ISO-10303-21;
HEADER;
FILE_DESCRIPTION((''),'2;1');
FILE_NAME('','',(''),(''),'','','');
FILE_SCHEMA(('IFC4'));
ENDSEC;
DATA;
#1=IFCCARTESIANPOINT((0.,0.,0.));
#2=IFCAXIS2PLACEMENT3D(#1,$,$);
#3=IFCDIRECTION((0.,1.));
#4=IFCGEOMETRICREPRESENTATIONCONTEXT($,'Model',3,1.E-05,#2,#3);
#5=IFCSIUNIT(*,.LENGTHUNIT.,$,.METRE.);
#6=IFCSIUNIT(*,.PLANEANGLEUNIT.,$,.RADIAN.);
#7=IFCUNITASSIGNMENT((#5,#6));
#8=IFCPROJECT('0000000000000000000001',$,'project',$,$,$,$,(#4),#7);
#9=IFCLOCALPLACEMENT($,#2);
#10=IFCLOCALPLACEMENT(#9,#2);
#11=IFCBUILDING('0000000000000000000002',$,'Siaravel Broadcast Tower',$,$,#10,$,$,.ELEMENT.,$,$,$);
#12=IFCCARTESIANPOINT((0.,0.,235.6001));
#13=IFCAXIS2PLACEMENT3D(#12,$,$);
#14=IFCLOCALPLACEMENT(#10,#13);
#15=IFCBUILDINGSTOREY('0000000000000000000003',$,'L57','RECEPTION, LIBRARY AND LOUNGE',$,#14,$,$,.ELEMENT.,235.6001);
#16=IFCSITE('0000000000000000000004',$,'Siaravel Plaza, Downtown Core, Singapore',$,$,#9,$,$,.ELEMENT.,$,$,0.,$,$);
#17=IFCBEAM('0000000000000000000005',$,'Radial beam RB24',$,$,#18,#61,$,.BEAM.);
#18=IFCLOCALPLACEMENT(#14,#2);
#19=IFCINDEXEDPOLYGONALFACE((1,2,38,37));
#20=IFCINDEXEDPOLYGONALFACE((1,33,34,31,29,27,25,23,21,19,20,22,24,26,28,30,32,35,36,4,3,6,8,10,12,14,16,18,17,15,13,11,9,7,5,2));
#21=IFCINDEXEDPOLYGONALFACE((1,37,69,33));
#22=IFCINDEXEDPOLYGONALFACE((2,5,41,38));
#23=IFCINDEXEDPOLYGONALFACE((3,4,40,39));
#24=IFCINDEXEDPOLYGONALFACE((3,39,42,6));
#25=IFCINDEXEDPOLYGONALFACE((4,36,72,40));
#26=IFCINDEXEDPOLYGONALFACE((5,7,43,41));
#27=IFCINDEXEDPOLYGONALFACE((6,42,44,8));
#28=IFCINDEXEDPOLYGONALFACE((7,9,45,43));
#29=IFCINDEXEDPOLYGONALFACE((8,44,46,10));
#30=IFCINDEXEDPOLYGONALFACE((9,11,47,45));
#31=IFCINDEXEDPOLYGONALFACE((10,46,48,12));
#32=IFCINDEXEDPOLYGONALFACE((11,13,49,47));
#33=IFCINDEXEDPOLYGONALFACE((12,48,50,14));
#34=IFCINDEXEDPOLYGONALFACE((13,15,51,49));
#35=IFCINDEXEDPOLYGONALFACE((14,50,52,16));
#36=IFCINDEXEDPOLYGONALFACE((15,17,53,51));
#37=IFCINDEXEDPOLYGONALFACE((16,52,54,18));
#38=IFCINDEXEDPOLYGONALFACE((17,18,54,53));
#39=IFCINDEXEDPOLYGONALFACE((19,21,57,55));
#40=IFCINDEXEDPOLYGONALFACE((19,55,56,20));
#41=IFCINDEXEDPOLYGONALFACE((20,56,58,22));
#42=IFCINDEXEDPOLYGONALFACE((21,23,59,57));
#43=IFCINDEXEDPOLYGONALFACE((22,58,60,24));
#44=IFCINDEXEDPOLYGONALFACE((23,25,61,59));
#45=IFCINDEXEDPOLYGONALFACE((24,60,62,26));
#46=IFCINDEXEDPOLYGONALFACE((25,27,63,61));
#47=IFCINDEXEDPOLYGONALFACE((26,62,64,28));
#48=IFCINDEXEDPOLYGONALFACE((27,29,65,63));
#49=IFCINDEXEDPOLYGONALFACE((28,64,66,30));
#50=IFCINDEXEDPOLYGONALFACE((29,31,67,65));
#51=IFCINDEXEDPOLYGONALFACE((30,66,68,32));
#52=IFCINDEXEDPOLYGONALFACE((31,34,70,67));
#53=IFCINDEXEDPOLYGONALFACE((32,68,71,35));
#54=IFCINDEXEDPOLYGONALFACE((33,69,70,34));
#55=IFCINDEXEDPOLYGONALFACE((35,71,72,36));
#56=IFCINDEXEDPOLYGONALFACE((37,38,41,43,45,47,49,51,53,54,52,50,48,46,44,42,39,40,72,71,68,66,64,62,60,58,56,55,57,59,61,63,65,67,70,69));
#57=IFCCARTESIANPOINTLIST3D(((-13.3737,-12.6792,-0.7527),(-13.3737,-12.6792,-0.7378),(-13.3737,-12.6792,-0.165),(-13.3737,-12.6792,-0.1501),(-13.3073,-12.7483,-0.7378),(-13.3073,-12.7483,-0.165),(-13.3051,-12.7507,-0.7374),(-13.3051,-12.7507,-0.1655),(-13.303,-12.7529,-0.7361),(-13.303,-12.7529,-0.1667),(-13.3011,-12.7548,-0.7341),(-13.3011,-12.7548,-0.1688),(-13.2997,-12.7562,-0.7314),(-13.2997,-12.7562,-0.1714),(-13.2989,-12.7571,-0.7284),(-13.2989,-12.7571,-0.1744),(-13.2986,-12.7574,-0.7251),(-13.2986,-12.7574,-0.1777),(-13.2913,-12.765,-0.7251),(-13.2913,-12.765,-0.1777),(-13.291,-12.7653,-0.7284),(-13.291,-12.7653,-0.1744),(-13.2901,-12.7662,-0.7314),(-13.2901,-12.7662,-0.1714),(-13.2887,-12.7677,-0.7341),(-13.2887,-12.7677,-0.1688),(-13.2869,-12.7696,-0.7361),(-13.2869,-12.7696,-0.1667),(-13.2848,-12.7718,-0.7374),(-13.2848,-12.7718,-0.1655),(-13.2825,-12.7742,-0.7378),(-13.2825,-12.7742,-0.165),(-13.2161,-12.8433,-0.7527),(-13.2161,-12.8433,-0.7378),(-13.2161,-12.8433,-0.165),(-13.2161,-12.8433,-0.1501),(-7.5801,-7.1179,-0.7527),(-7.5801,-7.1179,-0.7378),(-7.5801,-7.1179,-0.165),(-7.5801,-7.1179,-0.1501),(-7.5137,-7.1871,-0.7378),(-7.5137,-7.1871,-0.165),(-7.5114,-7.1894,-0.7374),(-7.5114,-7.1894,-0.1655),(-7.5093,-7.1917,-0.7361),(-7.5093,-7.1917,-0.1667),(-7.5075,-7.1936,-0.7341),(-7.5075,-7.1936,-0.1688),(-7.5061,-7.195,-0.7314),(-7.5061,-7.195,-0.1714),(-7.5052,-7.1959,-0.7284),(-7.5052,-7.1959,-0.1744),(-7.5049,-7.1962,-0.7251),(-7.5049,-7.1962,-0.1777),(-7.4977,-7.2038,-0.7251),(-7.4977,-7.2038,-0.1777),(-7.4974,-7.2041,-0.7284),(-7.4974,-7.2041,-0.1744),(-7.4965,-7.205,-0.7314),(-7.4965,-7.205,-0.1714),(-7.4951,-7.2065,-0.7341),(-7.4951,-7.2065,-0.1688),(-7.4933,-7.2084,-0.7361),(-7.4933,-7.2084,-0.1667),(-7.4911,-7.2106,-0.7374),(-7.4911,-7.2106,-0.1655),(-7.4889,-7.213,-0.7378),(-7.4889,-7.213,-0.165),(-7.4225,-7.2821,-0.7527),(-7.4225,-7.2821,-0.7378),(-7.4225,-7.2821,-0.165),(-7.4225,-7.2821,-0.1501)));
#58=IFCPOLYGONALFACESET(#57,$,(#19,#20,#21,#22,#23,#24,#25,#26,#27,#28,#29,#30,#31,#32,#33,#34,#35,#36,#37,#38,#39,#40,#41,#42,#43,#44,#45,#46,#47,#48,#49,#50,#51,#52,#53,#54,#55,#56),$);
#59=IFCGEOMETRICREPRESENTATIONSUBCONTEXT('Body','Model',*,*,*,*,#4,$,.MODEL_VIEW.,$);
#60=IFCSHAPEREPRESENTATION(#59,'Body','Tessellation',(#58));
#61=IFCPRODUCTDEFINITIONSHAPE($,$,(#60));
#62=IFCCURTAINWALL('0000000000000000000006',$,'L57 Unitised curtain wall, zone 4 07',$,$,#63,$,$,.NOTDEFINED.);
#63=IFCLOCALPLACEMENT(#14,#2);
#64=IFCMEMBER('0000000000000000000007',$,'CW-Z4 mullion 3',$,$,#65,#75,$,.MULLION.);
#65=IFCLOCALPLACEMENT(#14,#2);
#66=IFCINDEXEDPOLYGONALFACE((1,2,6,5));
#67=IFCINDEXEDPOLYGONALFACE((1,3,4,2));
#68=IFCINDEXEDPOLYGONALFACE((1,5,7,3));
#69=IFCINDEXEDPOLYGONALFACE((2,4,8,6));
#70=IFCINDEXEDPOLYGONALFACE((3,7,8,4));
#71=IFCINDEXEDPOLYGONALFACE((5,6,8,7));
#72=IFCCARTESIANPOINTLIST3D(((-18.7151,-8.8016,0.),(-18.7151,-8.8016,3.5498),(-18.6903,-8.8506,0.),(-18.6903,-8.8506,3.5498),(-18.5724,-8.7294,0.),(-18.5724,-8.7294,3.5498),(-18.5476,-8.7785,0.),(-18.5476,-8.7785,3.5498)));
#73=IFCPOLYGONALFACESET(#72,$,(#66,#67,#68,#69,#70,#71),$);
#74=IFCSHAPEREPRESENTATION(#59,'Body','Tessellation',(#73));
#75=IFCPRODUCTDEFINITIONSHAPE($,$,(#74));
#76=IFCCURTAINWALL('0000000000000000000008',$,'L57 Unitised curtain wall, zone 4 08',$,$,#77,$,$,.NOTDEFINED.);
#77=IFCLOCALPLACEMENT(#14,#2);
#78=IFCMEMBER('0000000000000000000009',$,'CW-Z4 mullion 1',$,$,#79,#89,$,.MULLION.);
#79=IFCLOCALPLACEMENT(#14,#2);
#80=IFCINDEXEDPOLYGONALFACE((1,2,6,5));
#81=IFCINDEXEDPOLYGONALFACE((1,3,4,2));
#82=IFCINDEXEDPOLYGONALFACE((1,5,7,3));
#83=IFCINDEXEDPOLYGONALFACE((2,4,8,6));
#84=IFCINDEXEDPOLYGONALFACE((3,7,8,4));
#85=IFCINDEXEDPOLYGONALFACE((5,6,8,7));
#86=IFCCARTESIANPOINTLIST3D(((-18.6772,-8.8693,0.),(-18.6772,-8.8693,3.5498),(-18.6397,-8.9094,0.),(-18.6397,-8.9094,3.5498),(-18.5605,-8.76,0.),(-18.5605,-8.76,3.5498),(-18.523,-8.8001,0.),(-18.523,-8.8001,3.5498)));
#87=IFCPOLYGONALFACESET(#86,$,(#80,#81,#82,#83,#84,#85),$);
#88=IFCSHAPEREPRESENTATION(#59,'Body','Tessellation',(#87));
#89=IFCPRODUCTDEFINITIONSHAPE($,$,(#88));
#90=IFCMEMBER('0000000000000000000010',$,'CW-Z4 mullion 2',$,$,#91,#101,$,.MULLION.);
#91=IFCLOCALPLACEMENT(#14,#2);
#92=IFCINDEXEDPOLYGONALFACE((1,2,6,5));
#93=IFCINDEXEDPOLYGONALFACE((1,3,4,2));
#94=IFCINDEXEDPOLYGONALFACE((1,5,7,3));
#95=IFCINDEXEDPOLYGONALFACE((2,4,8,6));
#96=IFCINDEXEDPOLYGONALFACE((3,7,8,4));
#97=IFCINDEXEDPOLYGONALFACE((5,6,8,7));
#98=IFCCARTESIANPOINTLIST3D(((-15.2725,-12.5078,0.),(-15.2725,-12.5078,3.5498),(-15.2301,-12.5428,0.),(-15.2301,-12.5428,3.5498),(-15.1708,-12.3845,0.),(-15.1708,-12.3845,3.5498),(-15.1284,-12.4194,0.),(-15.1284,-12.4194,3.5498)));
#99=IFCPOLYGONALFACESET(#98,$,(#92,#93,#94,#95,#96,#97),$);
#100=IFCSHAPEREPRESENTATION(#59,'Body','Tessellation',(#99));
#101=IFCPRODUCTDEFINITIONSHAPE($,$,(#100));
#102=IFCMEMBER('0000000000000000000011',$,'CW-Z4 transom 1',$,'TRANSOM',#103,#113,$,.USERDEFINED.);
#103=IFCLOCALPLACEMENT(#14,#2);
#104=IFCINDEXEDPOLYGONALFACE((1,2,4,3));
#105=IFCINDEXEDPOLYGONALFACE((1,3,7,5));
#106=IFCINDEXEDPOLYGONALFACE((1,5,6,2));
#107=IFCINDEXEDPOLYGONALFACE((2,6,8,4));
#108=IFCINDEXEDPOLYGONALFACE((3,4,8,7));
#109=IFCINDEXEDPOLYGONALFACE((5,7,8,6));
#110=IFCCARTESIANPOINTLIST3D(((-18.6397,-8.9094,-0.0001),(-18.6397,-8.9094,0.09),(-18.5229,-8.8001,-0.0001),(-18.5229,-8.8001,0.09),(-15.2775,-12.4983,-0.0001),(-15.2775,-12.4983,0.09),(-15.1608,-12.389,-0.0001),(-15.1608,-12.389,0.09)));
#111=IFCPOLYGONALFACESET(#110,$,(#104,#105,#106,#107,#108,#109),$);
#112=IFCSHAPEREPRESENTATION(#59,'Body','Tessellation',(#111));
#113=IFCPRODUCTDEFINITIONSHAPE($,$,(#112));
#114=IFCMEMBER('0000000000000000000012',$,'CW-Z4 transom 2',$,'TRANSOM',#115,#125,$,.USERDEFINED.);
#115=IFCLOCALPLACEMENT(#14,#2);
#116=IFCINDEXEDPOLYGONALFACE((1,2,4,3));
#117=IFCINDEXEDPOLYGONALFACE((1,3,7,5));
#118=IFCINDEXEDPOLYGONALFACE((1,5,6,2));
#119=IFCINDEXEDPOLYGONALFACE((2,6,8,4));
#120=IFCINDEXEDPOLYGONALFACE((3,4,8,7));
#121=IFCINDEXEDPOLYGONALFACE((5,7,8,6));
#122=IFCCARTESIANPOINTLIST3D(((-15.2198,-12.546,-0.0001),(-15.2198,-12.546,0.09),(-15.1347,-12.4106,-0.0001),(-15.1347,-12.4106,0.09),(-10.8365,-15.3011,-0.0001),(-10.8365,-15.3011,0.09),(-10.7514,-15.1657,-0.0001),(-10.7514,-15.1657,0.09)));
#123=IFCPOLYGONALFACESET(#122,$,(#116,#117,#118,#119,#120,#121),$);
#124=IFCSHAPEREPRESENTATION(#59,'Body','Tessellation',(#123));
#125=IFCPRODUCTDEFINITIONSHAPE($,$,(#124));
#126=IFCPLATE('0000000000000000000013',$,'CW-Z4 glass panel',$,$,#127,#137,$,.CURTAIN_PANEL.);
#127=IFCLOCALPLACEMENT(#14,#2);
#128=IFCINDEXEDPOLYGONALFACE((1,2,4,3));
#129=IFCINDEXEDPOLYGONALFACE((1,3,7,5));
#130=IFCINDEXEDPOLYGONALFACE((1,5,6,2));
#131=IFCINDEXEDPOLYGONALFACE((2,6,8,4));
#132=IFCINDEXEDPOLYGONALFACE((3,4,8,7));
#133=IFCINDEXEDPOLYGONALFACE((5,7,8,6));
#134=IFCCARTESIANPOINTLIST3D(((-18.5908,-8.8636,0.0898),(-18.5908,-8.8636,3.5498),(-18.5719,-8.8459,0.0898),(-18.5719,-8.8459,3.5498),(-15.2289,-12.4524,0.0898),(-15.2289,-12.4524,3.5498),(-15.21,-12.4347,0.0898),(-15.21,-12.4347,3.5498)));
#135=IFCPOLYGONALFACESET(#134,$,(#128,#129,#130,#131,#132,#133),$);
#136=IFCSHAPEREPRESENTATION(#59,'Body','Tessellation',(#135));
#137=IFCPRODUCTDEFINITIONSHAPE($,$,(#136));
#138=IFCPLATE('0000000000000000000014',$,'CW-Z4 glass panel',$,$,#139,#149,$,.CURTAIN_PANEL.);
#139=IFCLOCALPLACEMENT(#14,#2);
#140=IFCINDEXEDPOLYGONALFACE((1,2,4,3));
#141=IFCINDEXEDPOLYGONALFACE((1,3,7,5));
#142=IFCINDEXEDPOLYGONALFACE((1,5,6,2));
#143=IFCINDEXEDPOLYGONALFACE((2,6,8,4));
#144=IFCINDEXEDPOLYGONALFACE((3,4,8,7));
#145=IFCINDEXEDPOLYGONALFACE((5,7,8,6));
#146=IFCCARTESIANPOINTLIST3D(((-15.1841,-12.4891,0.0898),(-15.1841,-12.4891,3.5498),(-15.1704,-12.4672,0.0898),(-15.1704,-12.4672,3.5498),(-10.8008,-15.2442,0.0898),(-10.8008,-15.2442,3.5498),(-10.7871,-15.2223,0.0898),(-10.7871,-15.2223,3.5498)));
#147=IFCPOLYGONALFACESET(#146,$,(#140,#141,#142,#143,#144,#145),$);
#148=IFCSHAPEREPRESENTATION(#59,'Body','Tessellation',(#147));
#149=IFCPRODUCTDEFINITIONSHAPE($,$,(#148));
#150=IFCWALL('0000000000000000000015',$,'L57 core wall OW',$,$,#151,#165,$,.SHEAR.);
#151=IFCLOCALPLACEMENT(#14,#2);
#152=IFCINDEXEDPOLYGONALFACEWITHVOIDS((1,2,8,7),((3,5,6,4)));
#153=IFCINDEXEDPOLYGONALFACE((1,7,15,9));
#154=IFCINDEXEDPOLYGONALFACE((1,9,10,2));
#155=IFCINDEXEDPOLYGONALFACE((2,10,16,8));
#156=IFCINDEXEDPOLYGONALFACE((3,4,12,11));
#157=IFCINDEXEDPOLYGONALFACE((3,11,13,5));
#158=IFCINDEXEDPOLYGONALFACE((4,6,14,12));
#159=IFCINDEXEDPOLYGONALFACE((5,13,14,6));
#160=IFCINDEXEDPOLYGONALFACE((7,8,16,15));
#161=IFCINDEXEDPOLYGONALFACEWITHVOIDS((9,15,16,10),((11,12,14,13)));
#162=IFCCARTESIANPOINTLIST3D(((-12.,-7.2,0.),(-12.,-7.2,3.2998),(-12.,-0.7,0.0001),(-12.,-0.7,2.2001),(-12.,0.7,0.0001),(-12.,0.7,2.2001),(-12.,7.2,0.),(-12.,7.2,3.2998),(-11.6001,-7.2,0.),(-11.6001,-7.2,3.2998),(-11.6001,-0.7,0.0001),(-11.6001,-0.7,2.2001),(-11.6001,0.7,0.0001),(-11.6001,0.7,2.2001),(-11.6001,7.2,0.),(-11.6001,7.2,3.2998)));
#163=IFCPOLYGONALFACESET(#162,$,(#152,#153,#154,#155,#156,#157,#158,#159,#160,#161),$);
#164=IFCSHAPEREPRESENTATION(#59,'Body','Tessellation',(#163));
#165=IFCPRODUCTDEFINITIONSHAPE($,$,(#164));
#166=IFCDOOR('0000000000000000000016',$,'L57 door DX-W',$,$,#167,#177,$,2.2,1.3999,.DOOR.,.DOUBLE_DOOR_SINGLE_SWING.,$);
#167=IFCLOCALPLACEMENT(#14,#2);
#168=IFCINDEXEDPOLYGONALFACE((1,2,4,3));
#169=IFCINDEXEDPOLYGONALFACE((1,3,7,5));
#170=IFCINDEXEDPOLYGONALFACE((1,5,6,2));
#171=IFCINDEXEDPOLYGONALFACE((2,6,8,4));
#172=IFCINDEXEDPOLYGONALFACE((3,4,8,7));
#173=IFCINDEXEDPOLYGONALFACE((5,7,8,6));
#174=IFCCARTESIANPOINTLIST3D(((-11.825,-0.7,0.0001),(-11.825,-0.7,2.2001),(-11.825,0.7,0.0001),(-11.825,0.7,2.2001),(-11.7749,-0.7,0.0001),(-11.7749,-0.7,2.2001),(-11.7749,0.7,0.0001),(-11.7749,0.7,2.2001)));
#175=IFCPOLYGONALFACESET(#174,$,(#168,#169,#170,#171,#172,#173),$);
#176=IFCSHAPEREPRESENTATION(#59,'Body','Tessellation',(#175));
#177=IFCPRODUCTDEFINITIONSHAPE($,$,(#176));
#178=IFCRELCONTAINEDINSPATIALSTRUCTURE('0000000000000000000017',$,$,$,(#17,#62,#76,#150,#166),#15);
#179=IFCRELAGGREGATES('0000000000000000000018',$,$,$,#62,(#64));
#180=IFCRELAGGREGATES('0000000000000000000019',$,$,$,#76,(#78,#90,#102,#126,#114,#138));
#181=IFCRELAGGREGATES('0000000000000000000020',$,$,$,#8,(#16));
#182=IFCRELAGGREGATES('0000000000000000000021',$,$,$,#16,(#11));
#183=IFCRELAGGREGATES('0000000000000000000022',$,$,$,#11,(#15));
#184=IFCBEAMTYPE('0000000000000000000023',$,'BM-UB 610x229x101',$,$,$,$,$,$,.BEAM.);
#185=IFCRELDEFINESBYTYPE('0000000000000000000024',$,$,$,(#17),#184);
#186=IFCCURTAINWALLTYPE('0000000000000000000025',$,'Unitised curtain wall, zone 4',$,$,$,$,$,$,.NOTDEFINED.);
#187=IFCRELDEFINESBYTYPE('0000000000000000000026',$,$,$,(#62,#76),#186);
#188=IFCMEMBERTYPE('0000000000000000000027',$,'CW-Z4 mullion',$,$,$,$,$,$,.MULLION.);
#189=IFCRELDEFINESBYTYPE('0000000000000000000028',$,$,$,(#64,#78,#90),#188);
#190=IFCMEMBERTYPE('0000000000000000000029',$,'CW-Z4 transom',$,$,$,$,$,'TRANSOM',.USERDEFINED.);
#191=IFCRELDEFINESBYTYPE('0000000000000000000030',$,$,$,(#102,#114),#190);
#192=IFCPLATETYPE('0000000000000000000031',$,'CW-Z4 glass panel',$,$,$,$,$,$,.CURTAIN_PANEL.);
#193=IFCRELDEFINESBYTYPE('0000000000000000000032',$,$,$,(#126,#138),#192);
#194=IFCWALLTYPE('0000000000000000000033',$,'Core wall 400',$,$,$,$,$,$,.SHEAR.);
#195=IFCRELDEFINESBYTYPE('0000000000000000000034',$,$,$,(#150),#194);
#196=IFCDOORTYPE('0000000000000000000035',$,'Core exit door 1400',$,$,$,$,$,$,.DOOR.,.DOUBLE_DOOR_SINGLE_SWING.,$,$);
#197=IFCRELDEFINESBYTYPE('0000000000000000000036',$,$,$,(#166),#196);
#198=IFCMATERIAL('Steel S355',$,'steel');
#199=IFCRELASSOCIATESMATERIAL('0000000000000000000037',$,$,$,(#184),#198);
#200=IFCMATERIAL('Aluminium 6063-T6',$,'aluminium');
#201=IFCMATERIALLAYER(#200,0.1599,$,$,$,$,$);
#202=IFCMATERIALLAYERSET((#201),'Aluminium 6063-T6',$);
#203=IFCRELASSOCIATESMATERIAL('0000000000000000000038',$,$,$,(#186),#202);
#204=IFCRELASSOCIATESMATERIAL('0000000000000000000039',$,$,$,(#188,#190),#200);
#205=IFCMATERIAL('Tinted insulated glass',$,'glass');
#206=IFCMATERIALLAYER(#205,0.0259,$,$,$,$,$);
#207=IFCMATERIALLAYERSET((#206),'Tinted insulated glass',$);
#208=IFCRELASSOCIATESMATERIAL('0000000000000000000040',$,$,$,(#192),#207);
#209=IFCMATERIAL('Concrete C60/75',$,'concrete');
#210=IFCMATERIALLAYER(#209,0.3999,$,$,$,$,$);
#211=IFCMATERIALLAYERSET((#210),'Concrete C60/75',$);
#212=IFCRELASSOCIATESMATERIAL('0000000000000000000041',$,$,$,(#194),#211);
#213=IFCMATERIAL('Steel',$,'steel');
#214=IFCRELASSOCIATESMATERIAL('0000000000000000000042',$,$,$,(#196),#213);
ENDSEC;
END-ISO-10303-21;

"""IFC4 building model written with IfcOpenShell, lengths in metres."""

from ifc_helpers import new_model, si_unit, direction, frame, frame_2d, origin, origin_2d, place, context, subcontext, project, spatial, rectangle, i_section, extrude, material, layer, layer_set, material_profile, profile_set, type_object, element, fill, aggregate, save


model = new_model("IFC4")

# Units and contexts
model_context = context("Model", 3, precision=1e-05, world=origin(), true_north=direction((0.0, 1.0)))
body_context = subcontext(model_context, "Body", "Model", "MODEL_VIEW")
ifc_project = project(units=[si_unit("LENGTHUNIT", "METRE"), si_unit("PLANEANGLEUNIT", "RADIAN")], contexts=[model_context])

# Site, building, storey
site_placement = place(None, origin())
site = spatial("IfcSite", under=ifc_project, at=site_placement, Name="Siaravel Plaza, Downtown Core, Singapore", CompositionType="ELEMENT", RefElevation=0.0)
building_placement = place(site_placement, origin())
building = spatial("IfcBuilding", under=site, at=building_placement, Name="Siaravel Broadcast Tower", CompositionType="ELEMENT")
storey_placement = place(building_placement, frame((0.0, 0.0, 235.6001)))
storey = spatial("IfcBuildingStorey", under=building, at=storey_placement, Name="L57", Description="RECEPTION, LIBRARY AND LOUNGE", CompositionType="ELEMENT", Elevation=235.6001)

# Beam
ifc_material_1 = material(Name="Steel S355", Category="steel")
ifc_material_profile_1 = material_profile(ifc_material_1, i_section(OverallWidth=0.2275, OverallDepth=0.6025, WebThickness=0.0105, FlangeThickness=0.0149, FilletRadius=0.0127, at=origin_2d()))
ifc_profile_set_1 = profile_set([ifc_material_profile_1], Name="Steel S355")
beam_type = type_object("IfcBeamType", Name="BM-UB 610x229x101", PredefinedType="BEAM", material=ifc_profile_set_1)
beam_1_placement = place(storey_placement, frame((-13.2949, -12.7612, -0.4514), z_axis=(0.721429, 0.692488, 0.0), x_axis=(-0.692488, 0.721429, 0.0)))
element("IfcBeam", 1, at=beam_1_placement, inside=storey, type_object=beam_type, Name="Radial beam RB24", PredefinedType="BEAM", context=body_context, shape_type="SweptSolid", body=[
    extrude(i_section(OverallWidth=0.2275, OverallDepth=0.6025, WebThickness=0.0105, FlangeThickness=0.0149, FilletRadius=0.0127, at=origin_2d()), origin(), (0.0, 0.0, 1.0), 8.0308),
])

# Curtain wall, member
ifc_material_2 = material(Name="Aluminium 6063-T6", Category="aluminium")
ifc_layer_1 = layer(ifc_material_2, 0.1599)
ifc_layer_set_1 = layer_set([ifc_layer_1], Name="Aluminium 6063-T6")
curtain_wall_type = type_object("IfcCurtainWallType", Name="Unitised curtain wall, zone 4", PredefinedType="NOTDEFINED", material=ifc_layer_set_1)
curtain_wall_1_placement = place(storey_placement, origin())
curtain_wall_1 = element("IfcCurtainWall", 2, at=curtain_wall_1_placement, inside=storey, type_object=curtain_wall_type, Name="L57 Unitised curtain wall, zone 4 07", PredefinedType="NOTDEFINED")
ifc_material_profile_2 = material_profile(ifc_material_2, rectangle(XDim=0.1599, YDim=0.0549, at=origin_2d()))
ifc_profile_set_2 = profile_set([ifc_material_profile_2], Name="Aluminium 6063-T6")
member_type_1 = type_object("IfcMemberType", Name="CW-Z4 mullion", PredefinedType="MULLION", material=ifc_profile_set_2)
member_1_placement = place(storey_placement, frame((-18.6313, -8.79, 0.0), z_axis=(0.0, 0.0, 1.0), x_axis=(0.892393, 0.451259, 0.0)))
member_1 = element("IfcMember", 3, at=member_1_placement, type_object=member_type_1, Name="CW-Z4 mullion 3", PredefinedType="MULLION", context=body_context, shape_type="SweptSolid", body=[
    extrude(rectangle(XDim=0.1599, YDim=0.0549, at=origin_2d()), origin(), (0.0, 0.0, 1.0), 3.5498),
])
aggregate(curtain_wall_1, [member_1])

# Curtain wall, members, plates
curtain_wall_2_placement = place(storey_placement, origin())
curtain_wall_2 = element("IfcCurtainWall", 4, at=curtain_wall_2_placement, inside=storey, type_object=curtain_wall_type, Name="L57 Unitised curtain wall, zone 4 08", PredefinedType="NOTDEFINED")
member_2_placement = place(storey_placement, frame((-18.6001, -8.8347, 0.0), z_axis=(0.0, 0.0, 1.0), x_axis=(0.729806, 0.683654, 0.0)))
member_2 = element("IfcMember", 5, at=member_2_placement, type_object=member_type_1, Name="CW-Z4 mullion 1", PredefinedType="MULLION", context=body_context, shape_type="SweptSolid", body=[
    extrude(rectangle(XDim=0.1599, YDim=0.0549, at=origin_2d()), origin(), (0.0, 0.0, 1.0), 3.5498),
])
member_3_placement = place(storey_placement, frame((-15.2004, -12.4636, 0.0), z_axis=(0.0, 0.0, 1.0), x_axis=(0.63622, 0.771508, 0.0)))
member_3 = element("IfcMember", 6, at=member_3_placement, type_object=member_type_1, Name="CW-Z4 mullion 2", PredefinedType="MULLION", context=body_context, shape_type="SweptSolid", body=[
    extrude(rectangle(XDim=0.1599, YDim=0.0549, at=origin_2d()), origin(), (0.0, 0.0, 1.0), 3.5498),
])
ifc_material_profile_3 = material_profile(ifc_material_2, rectangle(XDim=0.1599, YDim=0.0901, at=origin_2d()))
ifc_profile_set_3 = profile_set([ifc_material_profile_3], Name="Aluminium 6063-T6")
member_type_2 = type_object("IfcMemberType", Name="CW-Z4 transom", ElementType="TRANSOM", PredefinedType="USERDEFINED", material=ifc_profile_set_3)
member_4_placement = place(storey_placement, frame((-18.5813, -8.8547, 0.0449), z_axis=(0.68367, -0.729791, 0.0), x_axis=(0.729791, 0.68367, 0.0)))
member_4 = element("IfcMember", 7, at=member_4_placement, type_object=member_type_2, Name="CW-Z4 transom 1", ObjectType="TRANSOM", PredefinedType="USERDEFINED", context=body_context, shape_type="SweptSolid", body=[
    extrude(rectangle(XDim=0.1599, YDim=0.0901, at=origin_2d()), origin(), (0.0, 0.0, 1.0), 4.9177),
])
member_5_placement = place(storey_placement, frame((-15.1772, -12.4783, 0.0449), z_axis=(0.846644, -0.532159, 0.0), x_axis=(0.532159, 0.846644, 0.0)))
member_5 = element("IfcMember", 8, at=member_5_placement, type_object=member_type_2, Name="CW-Z4 transom 2", ObjectType="TRANSOM", PredefinedType="USERDEFINED", context=body_context, shape_type="SweptSolid", body=[
    extrude(rectangle(XDim=0.1599, YDim=0.0901, at=origin_2d()), origin(), (0.0, 0.0, 1.0), 5.1772),
])
ifc_material_3 = material(Name="Tinted insulated glass", Category="glass")
ifc_layer_2 = layer(ifc_material_3, 0.0259)
ifc_layer_set_2 = layer_set([ifc_layer_2], Name="Tinted insulated glass")
plate_type = type_object("IfcPlateType", Name="CW-Z4 glass panel", PredefinedType="CURTAIN_PANEL", material=ifc_layer_set_2)
plate_1_placement = place(storey_placement, frame((-16.9004, -10.6492, 0.0898), z_axis=(0.0, 0.0, 1.0), x_axis=(0.683654, -0.729806, 0.0)))
plate_1 = element("IfcPlate", 9, at=plate_1_placement, type_object=plate_type, Name="CW-Z4 glass panel", PredefinedType="CURTAIN_PANEL", context=body_context, shape_type="SweptSolid", body=[
    extrude(rectangle(XDim=4.9175, YDim=0.0259, at=origin_2d()), origin(), (0.0, 0.0, 1.0), 3.46),
])
plate_2_placement = place(storey_placement, frame((-12.9856, -13.8557, 0.0898), z_axis=(0.0, 0.0, 1.0), x_axis=(0.84665, -0.53215, 0.0)))
plate_2 = element("IfcPlate", 10, at=plate_2_placement, type_object=plate_type, Name="CW-Z4 glass panel", PredefinedType="CURTAIN_PANEL", context=body_context, shape_type="SweptSolid", body=[
    extrude(rectangle(XDim=5.1772, YDim=0.0259, at=origin_2d()), origin(), (0.0, 0.0, 1.0), 3.46),
])
aggregate(curtain_wall_2, [member_2, member_3, member_4, plate_1, member_5, plate_2])

# Wall, opening, door
ifc_material_4 = material(Name="Concrete C60/75", Category="concrete")
ifc_layer_3 = layer(ifc_material_4, 0.3999)
ifc_layer_set_3 = layer_set([ifc_layer_3], Name="Concrete C60/75")
wall_type_1 = type_object("IfcWallType", Name="Core wall 400", PredefinedType="SHEAR", material=ifc_layer_set_3)
wall_1_placement = place(storey_placement, frame((-11.8, -7.2, 0.0), z_axis=(0.0, 0.0, 1.0), x_axis=(0.0, 1.0, 0.0)))
wall_1 = element("IfcWall", 11, at=wall_1_placement, inside=storey, type_object=wall_type_1, Name="L57 core wall OW", PredefinedType="SHEAR", context=body_context, shape_type="SweptSolid", body=[
    extrude(rectangle(XDim=14.3999, YDim=0.3999, at=frame_2d((7.2, 0.0))), origin(), (0.0, 0.0, 1.0), 3.2998),
])
opening_1_placement = place(wall_1_placement, frame((6.5, 0.0, 0.0)))
opening_1 = element("IfcOpeningElement", 12, at=opening_1_placement, cuts=wall_1, PredefinedType="OPENING", context=body_context, shape_type="SweptSolid", body=[
    extrude(rectangle(XDim=1.3999, YDim=2.2, at=frame_2d((0.7, 1.1001))), frame((0.0, 0.21, 0.0), z_axis=(0.0, -1.0, 0.0), x_axis=(1.0, 0.0, 0.0)), (0.0, 0.0, 1.0), 0.4199),
])
ifc_material_5 = material(Name="Steel", Category="steel")
door_type_1 = type_object("IfcDoorType", Name="Core exit door 1400", OperationType="DOUBLE_DOOR_SINGLE_SWING", PredefinedType="DOOR", material=ifc_material_5)
door_1_placement = place(opening_1_placement, origin())
door_1 = element("IfcDoor", 13, at=door_1_placement, inside=storey, type_object=door_type_1, Name="L57 door DX-W", OperationType="DOUBLE_DOOR_SINGLE_SWING", OverallHeight=2.2, OverallWidth=1.3999, PredefinedType="DOOR", context=body_context, shape_type="SweptSolid", body=[
    extrude(rectangle(XDim=1.3999, YDim=2.2, at=frame_2d((0.7, 1.1001))), frame((0.0, 0.0249, 0.0), z_axis=(0.0, -1.0, 0.0), x_axis=(1.0, 0.0, 0.0)), (0.0, 0.0, 1.0), 0.05),
])
fill(opening_1, door_1)

save(model, "model.ifc")
